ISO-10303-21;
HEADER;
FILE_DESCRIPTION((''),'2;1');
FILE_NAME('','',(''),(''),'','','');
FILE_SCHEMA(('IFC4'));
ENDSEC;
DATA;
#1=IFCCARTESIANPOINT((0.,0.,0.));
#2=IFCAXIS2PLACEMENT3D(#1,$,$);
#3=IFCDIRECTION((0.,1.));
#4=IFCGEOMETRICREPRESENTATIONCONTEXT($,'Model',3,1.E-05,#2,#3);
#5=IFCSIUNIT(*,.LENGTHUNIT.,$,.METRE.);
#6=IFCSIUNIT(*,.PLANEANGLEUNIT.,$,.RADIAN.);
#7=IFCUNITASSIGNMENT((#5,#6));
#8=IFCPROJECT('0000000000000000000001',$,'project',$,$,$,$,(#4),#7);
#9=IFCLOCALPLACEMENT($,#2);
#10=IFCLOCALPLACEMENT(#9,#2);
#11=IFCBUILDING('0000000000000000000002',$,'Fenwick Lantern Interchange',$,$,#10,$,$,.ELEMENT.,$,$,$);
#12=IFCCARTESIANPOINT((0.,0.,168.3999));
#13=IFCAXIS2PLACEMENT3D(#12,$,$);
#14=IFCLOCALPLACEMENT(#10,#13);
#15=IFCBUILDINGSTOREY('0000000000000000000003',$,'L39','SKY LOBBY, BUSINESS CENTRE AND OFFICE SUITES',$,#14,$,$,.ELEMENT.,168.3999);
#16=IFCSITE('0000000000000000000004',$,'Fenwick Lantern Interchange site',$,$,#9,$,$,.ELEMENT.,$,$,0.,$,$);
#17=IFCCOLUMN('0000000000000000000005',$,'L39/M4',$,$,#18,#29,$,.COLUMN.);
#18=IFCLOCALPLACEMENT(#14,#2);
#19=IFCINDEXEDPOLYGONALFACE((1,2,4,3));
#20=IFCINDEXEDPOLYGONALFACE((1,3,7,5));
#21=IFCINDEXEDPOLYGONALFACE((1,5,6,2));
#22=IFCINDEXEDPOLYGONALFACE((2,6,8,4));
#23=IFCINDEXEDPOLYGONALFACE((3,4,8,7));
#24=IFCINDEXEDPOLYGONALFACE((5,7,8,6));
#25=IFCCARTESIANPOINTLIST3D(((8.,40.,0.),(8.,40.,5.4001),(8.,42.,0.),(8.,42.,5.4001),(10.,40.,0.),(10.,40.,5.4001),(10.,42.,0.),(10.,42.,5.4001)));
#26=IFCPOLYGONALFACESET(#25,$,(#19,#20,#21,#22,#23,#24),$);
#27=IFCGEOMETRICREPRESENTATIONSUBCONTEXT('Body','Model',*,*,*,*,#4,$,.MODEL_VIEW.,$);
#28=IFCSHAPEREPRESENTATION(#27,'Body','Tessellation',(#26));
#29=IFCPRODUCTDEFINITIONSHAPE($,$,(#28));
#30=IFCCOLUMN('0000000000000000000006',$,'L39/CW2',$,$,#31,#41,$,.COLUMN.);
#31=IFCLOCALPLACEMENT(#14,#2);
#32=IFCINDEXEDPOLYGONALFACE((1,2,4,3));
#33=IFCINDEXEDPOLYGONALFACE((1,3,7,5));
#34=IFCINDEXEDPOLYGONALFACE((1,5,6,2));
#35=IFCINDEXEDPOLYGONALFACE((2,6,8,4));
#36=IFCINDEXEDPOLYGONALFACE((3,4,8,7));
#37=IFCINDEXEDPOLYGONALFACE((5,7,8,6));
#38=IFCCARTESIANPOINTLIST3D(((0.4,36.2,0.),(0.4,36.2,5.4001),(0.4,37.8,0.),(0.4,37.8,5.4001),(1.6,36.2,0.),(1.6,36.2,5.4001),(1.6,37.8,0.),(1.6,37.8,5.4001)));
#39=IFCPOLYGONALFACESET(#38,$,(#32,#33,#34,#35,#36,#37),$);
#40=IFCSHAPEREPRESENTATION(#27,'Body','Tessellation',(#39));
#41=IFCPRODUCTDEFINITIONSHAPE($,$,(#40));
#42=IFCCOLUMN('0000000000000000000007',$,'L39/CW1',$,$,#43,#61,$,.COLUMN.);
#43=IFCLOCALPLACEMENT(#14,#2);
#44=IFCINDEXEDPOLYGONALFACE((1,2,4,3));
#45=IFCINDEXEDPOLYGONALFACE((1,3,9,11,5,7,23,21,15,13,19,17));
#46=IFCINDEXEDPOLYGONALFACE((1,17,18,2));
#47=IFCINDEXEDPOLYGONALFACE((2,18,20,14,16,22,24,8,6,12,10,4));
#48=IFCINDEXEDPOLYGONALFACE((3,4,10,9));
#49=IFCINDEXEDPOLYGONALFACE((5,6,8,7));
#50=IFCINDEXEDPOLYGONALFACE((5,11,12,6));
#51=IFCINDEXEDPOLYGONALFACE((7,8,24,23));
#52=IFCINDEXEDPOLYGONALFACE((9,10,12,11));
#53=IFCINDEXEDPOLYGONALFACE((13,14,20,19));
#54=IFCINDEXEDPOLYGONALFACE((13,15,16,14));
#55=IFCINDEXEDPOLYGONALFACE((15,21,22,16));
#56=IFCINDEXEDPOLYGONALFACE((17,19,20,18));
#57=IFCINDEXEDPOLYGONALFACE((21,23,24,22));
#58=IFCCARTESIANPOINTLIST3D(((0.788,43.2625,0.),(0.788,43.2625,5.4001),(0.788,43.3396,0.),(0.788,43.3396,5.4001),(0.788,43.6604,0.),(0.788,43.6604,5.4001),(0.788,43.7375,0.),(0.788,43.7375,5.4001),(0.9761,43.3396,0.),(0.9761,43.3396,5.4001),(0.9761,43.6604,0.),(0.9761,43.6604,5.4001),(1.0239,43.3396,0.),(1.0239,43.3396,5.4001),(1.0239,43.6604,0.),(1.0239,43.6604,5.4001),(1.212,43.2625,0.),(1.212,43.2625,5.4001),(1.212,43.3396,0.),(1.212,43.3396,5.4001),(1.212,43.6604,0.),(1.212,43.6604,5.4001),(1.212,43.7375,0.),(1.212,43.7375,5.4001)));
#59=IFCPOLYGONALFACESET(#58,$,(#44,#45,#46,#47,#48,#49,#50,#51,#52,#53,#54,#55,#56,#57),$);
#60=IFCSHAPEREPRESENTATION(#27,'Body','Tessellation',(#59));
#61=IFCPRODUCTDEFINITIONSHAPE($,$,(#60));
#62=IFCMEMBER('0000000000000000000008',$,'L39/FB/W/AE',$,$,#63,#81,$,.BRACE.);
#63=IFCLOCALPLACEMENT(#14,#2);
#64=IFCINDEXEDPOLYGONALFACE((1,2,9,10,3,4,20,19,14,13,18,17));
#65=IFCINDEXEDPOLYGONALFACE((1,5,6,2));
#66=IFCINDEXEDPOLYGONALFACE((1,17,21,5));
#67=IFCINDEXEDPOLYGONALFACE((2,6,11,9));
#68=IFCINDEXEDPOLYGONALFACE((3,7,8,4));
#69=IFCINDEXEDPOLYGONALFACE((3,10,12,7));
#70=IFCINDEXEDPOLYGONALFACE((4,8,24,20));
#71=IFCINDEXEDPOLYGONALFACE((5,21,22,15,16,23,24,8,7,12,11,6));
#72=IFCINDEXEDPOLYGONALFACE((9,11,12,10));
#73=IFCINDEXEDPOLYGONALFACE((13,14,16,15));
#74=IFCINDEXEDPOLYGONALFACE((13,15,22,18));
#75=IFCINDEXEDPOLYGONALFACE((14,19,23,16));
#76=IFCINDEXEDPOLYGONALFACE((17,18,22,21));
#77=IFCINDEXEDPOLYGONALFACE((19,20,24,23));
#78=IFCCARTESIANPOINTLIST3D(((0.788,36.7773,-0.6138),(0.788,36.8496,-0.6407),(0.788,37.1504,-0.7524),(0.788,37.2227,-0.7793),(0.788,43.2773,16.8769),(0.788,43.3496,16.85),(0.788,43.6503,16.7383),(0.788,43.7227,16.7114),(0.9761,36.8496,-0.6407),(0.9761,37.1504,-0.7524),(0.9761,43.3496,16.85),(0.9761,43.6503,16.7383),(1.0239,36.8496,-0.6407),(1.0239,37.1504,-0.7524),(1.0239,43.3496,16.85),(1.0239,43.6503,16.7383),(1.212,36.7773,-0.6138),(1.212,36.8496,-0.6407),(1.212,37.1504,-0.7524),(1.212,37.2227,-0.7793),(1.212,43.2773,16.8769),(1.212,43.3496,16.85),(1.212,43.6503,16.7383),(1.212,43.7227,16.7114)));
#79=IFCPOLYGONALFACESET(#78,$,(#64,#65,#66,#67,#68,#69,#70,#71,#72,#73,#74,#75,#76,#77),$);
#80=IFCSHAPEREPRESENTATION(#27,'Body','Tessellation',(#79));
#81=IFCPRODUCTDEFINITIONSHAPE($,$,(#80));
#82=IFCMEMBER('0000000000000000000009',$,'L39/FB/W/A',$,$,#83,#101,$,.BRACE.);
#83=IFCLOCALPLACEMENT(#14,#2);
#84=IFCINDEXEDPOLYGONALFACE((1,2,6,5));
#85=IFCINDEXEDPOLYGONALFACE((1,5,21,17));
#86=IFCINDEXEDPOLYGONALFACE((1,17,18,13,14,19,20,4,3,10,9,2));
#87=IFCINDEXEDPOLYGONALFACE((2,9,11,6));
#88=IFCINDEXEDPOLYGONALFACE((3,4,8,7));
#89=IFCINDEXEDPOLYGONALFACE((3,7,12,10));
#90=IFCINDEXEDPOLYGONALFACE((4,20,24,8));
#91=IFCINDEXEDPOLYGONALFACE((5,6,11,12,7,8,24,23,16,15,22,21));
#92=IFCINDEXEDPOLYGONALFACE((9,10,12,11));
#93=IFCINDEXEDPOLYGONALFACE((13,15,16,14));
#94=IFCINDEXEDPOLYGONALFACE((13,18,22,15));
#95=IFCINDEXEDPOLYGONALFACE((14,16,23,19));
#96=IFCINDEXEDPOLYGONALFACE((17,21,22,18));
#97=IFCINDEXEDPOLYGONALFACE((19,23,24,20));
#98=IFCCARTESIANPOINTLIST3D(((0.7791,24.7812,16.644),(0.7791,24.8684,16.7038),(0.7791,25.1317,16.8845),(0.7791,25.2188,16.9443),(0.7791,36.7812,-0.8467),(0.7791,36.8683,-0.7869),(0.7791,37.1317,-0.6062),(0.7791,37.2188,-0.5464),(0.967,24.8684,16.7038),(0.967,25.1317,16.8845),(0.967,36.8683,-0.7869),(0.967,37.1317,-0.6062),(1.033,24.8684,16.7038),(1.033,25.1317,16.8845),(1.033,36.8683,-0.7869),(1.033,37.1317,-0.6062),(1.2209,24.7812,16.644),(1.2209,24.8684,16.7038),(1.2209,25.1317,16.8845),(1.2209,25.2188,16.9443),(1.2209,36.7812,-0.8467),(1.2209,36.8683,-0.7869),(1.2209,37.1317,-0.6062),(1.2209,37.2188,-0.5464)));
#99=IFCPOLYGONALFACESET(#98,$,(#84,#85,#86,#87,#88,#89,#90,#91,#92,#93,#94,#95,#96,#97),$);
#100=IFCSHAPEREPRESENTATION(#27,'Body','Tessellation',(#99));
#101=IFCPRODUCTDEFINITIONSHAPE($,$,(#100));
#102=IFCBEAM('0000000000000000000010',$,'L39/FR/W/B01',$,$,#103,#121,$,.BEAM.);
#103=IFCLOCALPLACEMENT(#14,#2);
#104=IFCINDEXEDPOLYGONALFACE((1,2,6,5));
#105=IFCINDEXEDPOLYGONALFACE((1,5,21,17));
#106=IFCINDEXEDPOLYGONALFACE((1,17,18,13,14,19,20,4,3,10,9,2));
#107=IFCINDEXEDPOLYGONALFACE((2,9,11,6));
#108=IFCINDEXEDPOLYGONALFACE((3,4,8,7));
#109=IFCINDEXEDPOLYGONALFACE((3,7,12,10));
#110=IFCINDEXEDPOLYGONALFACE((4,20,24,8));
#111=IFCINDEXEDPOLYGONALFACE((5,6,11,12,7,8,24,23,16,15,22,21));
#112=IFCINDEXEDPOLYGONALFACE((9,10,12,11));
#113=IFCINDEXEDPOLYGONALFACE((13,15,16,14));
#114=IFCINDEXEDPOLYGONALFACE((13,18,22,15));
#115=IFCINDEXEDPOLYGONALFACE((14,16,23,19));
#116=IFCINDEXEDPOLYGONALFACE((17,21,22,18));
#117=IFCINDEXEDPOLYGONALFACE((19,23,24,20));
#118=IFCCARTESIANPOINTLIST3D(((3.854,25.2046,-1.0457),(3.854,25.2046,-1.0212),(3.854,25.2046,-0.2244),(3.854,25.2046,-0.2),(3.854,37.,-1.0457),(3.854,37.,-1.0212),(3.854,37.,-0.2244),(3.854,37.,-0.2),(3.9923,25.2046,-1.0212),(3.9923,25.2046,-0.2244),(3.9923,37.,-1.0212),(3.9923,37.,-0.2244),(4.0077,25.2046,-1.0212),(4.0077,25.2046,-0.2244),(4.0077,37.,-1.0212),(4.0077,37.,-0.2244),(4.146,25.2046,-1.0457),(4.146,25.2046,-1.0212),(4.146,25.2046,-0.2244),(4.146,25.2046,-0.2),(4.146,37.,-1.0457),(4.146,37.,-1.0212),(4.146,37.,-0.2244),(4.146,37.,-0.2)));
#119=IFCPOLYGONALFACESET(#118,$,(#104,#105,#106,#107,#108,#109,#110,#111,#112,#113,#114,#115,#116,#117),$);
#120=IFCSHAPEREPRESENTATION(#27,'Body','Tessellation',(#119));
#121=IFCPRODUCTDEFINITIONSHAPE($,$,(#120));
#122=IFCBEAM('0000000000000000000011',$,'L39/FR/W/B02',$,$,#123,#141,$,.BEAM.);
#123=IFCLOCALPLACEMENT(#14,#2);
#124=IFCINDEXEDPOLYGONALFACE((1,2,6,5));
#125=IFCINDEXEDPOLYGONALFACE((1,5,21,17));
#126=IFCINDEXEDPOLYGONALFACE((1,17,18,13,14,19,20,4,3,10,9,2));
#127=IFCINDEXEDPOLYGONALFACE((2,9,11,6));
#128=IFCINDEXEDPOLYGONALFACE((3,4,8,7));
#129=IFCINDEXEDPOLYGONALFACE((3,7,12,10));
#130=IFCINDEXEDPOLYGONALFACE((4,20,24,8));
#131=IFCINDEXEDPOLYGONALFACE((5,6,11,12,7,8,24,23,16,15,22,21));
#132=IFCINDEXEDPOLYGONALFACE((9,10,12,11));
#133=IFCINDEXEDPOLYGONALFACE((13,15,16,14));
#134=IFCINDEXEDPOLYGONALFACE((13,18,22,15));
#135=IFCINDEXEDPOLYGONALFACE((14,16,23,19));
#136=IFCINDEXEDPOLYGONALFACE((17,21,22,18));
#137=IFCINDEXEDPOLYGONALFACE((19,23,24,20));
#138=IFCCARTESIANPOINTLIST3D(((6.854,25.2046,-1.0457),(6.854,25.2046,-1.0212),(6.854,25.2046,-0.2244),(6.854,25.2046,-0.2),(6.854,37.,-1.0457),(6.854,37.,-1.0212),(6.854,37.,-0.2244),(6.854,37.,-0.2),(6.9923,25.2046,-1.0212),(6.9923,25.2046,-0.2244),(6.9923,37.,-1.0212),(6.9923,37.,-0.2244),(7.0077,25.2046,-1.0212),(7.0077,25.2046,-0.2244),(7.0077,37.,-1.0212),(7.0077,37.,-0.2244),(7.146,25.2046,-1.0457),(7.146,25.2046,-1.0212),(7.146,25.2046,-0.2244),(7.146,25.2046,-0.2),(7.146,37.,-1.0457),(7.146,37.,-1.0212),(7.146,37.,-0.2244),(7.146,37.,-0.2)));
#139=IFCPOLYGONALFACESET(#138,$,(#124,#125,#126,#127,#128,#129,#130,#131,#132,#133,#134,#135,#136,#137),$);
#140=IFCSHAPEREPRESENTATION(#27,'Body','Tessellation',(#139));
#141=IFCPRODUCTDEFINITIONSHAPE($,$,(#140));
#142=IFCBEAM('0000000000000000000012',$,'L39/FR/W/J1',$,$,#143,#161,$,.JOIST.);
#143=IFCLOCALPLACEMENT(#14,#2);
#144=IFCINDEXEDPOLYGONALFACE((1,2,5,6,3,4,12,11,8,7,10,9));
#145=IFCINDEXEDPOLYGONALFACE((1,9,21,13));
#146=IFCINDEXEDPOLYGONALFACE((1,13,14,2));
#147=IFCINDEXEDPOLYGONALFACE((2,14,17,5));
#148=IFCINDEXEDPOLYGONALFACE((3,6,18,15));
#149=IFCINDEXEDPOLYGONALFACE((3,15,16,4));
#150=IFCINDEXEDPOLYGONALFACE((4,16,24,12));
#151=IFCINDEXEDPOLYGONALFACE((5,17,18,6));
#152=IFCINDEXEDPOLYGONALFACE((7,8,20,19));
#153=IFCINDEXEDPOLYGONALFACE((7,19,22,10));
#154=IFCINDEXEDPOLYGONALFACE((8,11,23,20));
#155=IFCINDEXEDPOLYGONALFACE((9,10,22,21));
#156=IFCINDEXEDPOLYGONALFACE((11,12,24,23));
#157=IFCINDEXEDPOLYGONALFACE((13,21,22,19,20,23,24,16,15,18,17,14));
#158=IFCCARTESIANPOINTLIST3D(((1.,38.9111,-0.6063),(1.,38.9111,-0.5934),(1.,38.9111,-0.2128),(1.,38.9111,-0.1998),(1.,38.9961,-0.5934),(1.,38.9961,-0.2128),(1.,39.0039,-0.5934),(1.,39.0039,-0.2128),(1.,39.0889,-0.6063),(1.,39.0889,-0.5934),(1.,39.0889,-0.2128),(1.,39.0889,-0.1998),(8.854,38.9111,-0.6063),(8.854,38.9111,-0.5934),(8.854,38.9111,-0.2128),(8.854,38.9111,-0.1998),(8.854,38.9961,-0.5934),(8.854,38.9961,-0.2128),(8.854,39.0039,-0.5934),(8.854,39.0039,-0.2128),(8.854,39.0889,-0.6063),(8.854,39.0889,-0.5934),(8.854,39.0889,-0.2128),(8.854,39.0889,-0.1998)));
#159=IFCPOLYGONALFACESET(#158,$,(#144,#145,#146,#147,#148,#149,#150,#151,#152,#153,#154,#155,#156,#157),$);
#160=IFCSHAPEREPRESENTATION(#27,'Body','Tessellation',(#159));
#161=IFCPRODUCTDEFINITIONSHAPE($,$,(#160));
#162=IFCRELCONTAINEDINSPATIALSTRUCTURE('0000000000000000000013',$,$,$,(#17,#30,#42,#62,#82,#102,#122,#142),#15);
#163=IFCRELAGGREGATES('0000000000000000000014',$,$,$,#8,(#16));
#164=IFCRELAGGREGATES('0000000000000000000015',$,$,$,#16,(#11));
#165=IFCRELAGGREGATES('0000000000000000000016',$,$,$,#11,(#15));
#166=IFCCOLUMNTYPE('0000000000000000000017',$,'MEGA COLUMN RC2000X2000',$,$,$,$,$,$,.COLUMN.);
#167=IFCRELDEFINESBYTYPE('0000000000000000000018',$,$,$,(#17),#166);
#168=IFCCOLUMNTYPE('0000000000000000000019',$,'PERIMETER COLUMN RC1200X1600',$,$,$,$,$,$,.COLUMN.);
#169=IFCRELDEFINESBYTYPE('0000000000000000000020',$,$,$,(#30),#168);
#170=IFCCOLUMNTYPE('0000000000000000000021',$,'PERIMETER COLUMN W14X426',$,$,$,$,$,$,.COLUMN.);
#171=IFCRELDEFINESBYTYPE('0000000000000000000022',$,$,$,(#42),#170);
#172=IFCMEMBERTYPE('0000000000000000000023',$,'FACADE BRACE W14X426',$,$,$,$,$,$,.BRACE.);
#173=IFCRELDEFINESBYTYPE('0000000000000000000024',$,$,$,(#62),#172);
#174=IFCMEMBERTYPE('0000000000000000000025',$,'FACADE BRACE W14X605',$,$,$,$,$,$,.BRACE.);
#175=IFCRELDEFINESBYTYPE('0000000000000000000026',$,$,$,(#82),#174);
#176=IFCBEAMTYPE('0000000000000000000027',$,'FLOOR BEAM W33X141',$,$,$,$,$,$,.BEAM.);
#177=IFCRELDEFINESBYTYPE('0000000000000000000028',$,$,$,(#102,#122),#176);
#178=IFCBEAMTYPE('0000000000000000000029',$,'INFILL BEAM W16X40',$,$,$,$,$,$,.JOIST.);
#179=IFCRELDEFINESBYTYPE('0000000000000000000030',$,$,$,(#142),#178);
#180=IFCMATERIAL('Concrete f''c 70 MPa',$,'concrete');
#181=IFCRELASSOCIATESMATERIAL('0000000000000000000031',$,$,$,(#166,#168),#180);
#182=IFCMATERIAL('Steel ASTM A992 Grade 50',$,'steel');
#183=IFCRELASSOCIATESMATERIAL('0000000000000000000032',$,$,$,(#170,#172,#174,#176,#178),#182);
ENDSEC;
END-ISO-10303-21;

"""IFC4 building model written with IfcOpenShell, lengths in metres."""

from ifc_helpers import new_model, si_unit, direction, frame, origin, origin_2d, place, context, subcontext, project, spatial, rectangle, i_section, extrude, material, material_profile, profile_set, type_object, element, save


model = new_model("IFC4")

# Units and contexts
model_context = context("Model", 3, precision=1e-05, world=origin(), true_north=direction((0.0, 1.0)))
body_context = subcontext(model_context, "Body", "Model", "MODEL_VIEW")
ifc_project = project(units=[si_unit("LENGTHUNIT", "METRE"), si_unit("PLANEANGLEUNIT", "RADIAN")], contexts=[model_context])

# Site, building, storey
site_placement = place(None, origin())
site = spatial("IfcSite", under=ifc_project, at=site_placement, Name="Fenwick Lantern Interchange site", CompositionType="ELEMENT", RefElevation=0.0)
building_placement = place(site_placement, origin())
building = spatial("IfcBuilding", under=site, at=building_placement, Name="Fenwick Lantern Interchange", CompositionType="ELEMENT")
storey_placement = place(building_placement, frame((0.0, 0.0, 168.3999)))
storey = spatial("IfcBuildingStorey", under=building, at=storey_placement, Name="L39", Description="SKY LOBBY, BUSINESS CENTRE AND OFFICE SUITES", CompositionType="ELEMENT", Elevation=168.3999)

# Columns
ifc_material_1 = material(Name="Concrete f'c 70 MPa", Category="concrete")
ifc_material_profile_1 = material_profile(ifc_material_1, rectangle(XDim=2.0, YDim=2.0, at=origin_2d()), Name="RC2000X2000")
ifc_profile_set_1 = profile_set([ifc_material_profile_1], Name="Concrete f'c 70 MPa")
column_type_1 = type_object("IfcColumnType", Name="MEGA COLUMN RC2000X2000", PredefinedType="COLUMN", material=ifc_profile_set_1)
column_1_placement = place(storey_placement, frame((9.0, 41.0, 0.0), z_axis=(0.0, 0.0, 1.0), x_axis=(1.0, 0.0, 0.0)))
element("IfcColumn", 1, at=column_1_placement, inside=storey, type_object=column_type_1, Name="L39/M4", PredefinedType="COLUMN", context=body_context, shape_type="SweptSolid", body=[
    extrude(rectangle(XDim=2.0, YDim=2.0, at=origin_2d()), origin(), (0.0, 0.0, 1.0), 5.4001),
])
ifc_material_profile_2 = material_profile(ifc_material_1, rectangle(XDim=1.2, YDim=1.6001, at=origin_2d()), Name="RC1200X1600")
ifc_profile_set_2 = profile_set([ifc_material_profile_2], Name="Concrete f'c 70 MPa")
column_type_2 = type_object("IfcColumnType", Name="PERIMETER COLUMN RC1200X1600", PredefinedType="COLUMN", material=ifc_profile_set_2)
column_2_placement = place(storey_placement, frame((1.0, 37.0, 0.0), z_axis=(0.0, 0.0, 1.0), x_axis=(1.0, 0.0, 0.0)))
element("IfcColumn", 2, at=column_2_placement, inside=storey, type_object=column_type_2, Name="L39/CW2", PredefinedType="COLUMN", context=body_context, shape_type="SweptSolid", body=[
    extrude(rectangle(XDim=1.2, YDim=1.6001, at=origin_2d()), origin(), (0.0, 0.0, 1.0), 5.4001),
])
ifc_material_2 = material(Name="Steel ASTM A992 Grade 50", Category="steel")
ifc_material_profile_3 = material_profile(ifc_material_2, i_section(OverallWidth=0.4241, OverallDepth=0.4751, WebThickness=0.0479, FlangeThickness=0.0771, at=origin_2d()), Name="W14X426")
ifc_profile_set_3 = profile_set([ifc_material_profile_3], Name="Steel ASTM A992 Grade 50")
column_type_3 = type_object("IfcColumnType", Name="PERIMETER COLUMN W14X426", PredefinedType="COLUMN", material=ifc_profile_set_3)
column_3_placement = place(storey_placement, frame((1.0, 43.5, 0.0), z_axis=(0.0, 0.0, 1.0), x_axis=(1.0, 0.0, 0.0)))
element("IfcColumn", 3, at=column_3_placement, inside=storey, type_object=column_type_3, Name="L39/CW1", PredefinedType="COLUMN", context=body_context, shape_type="SweptSolid", body=[
    extrude(i_section(OverallWidth=0.4241, OverallDepth=0.4751, WebThickness=0.0479, FlangeThickness=0.0771, at=origin_2d()), origin(), (0.0, 0.0, 1.0), 5.4001),
])

# Members
ifc_material_profile_4 = material_profile(ifc_material_2, i_section(OverallWidth=0.4241, OverallDepth=0.4751, WebThickness=0.0479, FlangeThickness=0.0771, at=origin_2d()), Name="W14X426")
ifc_profile_set_4 = profile_set([ifc_material_profile_4], Name="Steel ASTM A992 Grade 50")
member_type_1 = type_object("IfcMemberType", Name="FACADE BRACE W14X426", PredefinedType="BRACE", material=ifc_profile_set_4)
member_1_placement = place(storey_placement, frame((1.0, 37.0, -0.6965), z_axis=(0.0, 0.348349, 0.937365), x_axis=(-1.0, 0.0, 0.0)))
element("IfcMember", 4, at=member_1_placement, inside=storey, type_object=member_type_1, Name="L39/FB/W/AE", PredefinedType="BRACE", context=body_context, shape_type="SweptSolid", body=[
    extrude(i_section(OverallWidth=0.4241, OverallDepth=0.4751, WebThickness=0.0479, FlangeThickness=0.0771, at=origin_2d()), origin(), (0.0, 0.0, 1.0), 18.6594),
])
ifc_material_profile_5 = material_profile(ifc_material_2, i_section(OverallWidth=0.4419, OverallDepth=0.5308, WebThickness=0.0659, FlangeThickness=0.1057, at=origin_2d()), Name="W14X605")
ifc_profile_set_5 = profile_set([ifc_material_profile_5], Name="Steel ASTM A992 Grade 50")
member_type_2 = type_object("IfcMemberType", Name="FACADE BRACE W14X605", PredefinedType="BRACE", material=ifc_profile_set_5)
member_2_placement = place(storey_placement, frame((1.0, 37.0, -0.6965), z_axis=(0.0, -0.565732, 0.824589), x_axis=(1.0, 0.0, 0.0)))
element("IfcMember", 5, at=member_2_placement, inside=storey, type_object=member_type_2, Name="L39/FB/W/A", PredefinedType="BRACE", context=body_context, shape_type="SweptSolid", body=[
    extrude(i_section(OverallWidth=0.4419, OverallDepth=0.5308, WebThickness=0.0659, FlangeThickness=0.1057, at=origin_2d()), origin(), (0.0, 0.0, 1.0), 21.2114),
])

# Beams
ifc_material_profile_6 = material_profile(ifc_material_2, i_section(OverallWidth=0.292, OverallDepth=0.8457, WebThickness=0.0154, FlangeThickness=0.0244, at=origin_2d()), Name="W33X141")
ifc_profile_set_6 = profile_set([ifc_material_profile_6], Name="Steel ASTM A992 Grade 50")
beam_type_1 = type_object("IfcBeamType", Name="FLOOR BEAM W33X141", PredefinedType="BEAM", material=ifc_profile_set_6)
for number, where, z_axis, x_axis, name in (
    (6, (4.0, 37.0, -0.6228), (0.0, -1.0, 0.0), (1.0, 0.0, 0.0), "L39/FR/W/B01"),
    (7, (7.0, 37.0, -0.6228), (0.0, -1.0, 0.0), (1.0, 0.0, 0.0), "L39/FR/W/B02"),
):
    element("IfcBeam", number, at=place(storey_placement, frame(where, z_axis=z_axis, x_axis=x_axis)), inside=storey, type_object=beam_type_1, Name=name, PredefinedType="BEAM", context=body_context, shape_type="SweptSolid", body=[
        extrude(i_section(OverallWidth=0.292, OverallDepth=0.8457, WebThickness=0.0154, FlangeThickness=0.0244, at=origin_2d()), origin(), (0.0, 0.0, 1.0), 11.7954),
    ])
ifc_material_profile_7 = material_profile(ifc_material_2, i_section(OverallWidth=0.1777, OverallDepth=0.4065, WebThickness=0.0078, FlangeThickness=0.0129, at=origin_2d()), Name="W16X40")
ifc_profile_set_7 = profile_set([ifc_material_profile_7], Name="Steel ASTM A992 Grade 50")
beam_type_2 = type_object("IfcBeamType", Name="INFILL BEAM W16X40", PredefinedType="JOIST", material=ifc_profile_set_7)
beam_1_placement = place(storey_placement, frame((1.0, 39.0, -0.4031), z_axis=(1.0, 0.0, 0.0), x_axis=(0.0, 1.0, 0.0)))
element("IfcBeam", 8, at=beam_1_placement, inside=storey, type_object=beam_type_2, Name="L39/FR/W/J1", PredefinedType="JOIST", context=body_context, shape_type="SweptSolid", body=[
    extrude(i_section(OverallWidth=0.1777, OverallDepth=0.4065, WebThickness=0.0078, FlangeThickness=0.0129, at=origin_2d()), origin(), (0.0, 0.0, 1.0), 7.854),
])

save(model, "model.ifc")
